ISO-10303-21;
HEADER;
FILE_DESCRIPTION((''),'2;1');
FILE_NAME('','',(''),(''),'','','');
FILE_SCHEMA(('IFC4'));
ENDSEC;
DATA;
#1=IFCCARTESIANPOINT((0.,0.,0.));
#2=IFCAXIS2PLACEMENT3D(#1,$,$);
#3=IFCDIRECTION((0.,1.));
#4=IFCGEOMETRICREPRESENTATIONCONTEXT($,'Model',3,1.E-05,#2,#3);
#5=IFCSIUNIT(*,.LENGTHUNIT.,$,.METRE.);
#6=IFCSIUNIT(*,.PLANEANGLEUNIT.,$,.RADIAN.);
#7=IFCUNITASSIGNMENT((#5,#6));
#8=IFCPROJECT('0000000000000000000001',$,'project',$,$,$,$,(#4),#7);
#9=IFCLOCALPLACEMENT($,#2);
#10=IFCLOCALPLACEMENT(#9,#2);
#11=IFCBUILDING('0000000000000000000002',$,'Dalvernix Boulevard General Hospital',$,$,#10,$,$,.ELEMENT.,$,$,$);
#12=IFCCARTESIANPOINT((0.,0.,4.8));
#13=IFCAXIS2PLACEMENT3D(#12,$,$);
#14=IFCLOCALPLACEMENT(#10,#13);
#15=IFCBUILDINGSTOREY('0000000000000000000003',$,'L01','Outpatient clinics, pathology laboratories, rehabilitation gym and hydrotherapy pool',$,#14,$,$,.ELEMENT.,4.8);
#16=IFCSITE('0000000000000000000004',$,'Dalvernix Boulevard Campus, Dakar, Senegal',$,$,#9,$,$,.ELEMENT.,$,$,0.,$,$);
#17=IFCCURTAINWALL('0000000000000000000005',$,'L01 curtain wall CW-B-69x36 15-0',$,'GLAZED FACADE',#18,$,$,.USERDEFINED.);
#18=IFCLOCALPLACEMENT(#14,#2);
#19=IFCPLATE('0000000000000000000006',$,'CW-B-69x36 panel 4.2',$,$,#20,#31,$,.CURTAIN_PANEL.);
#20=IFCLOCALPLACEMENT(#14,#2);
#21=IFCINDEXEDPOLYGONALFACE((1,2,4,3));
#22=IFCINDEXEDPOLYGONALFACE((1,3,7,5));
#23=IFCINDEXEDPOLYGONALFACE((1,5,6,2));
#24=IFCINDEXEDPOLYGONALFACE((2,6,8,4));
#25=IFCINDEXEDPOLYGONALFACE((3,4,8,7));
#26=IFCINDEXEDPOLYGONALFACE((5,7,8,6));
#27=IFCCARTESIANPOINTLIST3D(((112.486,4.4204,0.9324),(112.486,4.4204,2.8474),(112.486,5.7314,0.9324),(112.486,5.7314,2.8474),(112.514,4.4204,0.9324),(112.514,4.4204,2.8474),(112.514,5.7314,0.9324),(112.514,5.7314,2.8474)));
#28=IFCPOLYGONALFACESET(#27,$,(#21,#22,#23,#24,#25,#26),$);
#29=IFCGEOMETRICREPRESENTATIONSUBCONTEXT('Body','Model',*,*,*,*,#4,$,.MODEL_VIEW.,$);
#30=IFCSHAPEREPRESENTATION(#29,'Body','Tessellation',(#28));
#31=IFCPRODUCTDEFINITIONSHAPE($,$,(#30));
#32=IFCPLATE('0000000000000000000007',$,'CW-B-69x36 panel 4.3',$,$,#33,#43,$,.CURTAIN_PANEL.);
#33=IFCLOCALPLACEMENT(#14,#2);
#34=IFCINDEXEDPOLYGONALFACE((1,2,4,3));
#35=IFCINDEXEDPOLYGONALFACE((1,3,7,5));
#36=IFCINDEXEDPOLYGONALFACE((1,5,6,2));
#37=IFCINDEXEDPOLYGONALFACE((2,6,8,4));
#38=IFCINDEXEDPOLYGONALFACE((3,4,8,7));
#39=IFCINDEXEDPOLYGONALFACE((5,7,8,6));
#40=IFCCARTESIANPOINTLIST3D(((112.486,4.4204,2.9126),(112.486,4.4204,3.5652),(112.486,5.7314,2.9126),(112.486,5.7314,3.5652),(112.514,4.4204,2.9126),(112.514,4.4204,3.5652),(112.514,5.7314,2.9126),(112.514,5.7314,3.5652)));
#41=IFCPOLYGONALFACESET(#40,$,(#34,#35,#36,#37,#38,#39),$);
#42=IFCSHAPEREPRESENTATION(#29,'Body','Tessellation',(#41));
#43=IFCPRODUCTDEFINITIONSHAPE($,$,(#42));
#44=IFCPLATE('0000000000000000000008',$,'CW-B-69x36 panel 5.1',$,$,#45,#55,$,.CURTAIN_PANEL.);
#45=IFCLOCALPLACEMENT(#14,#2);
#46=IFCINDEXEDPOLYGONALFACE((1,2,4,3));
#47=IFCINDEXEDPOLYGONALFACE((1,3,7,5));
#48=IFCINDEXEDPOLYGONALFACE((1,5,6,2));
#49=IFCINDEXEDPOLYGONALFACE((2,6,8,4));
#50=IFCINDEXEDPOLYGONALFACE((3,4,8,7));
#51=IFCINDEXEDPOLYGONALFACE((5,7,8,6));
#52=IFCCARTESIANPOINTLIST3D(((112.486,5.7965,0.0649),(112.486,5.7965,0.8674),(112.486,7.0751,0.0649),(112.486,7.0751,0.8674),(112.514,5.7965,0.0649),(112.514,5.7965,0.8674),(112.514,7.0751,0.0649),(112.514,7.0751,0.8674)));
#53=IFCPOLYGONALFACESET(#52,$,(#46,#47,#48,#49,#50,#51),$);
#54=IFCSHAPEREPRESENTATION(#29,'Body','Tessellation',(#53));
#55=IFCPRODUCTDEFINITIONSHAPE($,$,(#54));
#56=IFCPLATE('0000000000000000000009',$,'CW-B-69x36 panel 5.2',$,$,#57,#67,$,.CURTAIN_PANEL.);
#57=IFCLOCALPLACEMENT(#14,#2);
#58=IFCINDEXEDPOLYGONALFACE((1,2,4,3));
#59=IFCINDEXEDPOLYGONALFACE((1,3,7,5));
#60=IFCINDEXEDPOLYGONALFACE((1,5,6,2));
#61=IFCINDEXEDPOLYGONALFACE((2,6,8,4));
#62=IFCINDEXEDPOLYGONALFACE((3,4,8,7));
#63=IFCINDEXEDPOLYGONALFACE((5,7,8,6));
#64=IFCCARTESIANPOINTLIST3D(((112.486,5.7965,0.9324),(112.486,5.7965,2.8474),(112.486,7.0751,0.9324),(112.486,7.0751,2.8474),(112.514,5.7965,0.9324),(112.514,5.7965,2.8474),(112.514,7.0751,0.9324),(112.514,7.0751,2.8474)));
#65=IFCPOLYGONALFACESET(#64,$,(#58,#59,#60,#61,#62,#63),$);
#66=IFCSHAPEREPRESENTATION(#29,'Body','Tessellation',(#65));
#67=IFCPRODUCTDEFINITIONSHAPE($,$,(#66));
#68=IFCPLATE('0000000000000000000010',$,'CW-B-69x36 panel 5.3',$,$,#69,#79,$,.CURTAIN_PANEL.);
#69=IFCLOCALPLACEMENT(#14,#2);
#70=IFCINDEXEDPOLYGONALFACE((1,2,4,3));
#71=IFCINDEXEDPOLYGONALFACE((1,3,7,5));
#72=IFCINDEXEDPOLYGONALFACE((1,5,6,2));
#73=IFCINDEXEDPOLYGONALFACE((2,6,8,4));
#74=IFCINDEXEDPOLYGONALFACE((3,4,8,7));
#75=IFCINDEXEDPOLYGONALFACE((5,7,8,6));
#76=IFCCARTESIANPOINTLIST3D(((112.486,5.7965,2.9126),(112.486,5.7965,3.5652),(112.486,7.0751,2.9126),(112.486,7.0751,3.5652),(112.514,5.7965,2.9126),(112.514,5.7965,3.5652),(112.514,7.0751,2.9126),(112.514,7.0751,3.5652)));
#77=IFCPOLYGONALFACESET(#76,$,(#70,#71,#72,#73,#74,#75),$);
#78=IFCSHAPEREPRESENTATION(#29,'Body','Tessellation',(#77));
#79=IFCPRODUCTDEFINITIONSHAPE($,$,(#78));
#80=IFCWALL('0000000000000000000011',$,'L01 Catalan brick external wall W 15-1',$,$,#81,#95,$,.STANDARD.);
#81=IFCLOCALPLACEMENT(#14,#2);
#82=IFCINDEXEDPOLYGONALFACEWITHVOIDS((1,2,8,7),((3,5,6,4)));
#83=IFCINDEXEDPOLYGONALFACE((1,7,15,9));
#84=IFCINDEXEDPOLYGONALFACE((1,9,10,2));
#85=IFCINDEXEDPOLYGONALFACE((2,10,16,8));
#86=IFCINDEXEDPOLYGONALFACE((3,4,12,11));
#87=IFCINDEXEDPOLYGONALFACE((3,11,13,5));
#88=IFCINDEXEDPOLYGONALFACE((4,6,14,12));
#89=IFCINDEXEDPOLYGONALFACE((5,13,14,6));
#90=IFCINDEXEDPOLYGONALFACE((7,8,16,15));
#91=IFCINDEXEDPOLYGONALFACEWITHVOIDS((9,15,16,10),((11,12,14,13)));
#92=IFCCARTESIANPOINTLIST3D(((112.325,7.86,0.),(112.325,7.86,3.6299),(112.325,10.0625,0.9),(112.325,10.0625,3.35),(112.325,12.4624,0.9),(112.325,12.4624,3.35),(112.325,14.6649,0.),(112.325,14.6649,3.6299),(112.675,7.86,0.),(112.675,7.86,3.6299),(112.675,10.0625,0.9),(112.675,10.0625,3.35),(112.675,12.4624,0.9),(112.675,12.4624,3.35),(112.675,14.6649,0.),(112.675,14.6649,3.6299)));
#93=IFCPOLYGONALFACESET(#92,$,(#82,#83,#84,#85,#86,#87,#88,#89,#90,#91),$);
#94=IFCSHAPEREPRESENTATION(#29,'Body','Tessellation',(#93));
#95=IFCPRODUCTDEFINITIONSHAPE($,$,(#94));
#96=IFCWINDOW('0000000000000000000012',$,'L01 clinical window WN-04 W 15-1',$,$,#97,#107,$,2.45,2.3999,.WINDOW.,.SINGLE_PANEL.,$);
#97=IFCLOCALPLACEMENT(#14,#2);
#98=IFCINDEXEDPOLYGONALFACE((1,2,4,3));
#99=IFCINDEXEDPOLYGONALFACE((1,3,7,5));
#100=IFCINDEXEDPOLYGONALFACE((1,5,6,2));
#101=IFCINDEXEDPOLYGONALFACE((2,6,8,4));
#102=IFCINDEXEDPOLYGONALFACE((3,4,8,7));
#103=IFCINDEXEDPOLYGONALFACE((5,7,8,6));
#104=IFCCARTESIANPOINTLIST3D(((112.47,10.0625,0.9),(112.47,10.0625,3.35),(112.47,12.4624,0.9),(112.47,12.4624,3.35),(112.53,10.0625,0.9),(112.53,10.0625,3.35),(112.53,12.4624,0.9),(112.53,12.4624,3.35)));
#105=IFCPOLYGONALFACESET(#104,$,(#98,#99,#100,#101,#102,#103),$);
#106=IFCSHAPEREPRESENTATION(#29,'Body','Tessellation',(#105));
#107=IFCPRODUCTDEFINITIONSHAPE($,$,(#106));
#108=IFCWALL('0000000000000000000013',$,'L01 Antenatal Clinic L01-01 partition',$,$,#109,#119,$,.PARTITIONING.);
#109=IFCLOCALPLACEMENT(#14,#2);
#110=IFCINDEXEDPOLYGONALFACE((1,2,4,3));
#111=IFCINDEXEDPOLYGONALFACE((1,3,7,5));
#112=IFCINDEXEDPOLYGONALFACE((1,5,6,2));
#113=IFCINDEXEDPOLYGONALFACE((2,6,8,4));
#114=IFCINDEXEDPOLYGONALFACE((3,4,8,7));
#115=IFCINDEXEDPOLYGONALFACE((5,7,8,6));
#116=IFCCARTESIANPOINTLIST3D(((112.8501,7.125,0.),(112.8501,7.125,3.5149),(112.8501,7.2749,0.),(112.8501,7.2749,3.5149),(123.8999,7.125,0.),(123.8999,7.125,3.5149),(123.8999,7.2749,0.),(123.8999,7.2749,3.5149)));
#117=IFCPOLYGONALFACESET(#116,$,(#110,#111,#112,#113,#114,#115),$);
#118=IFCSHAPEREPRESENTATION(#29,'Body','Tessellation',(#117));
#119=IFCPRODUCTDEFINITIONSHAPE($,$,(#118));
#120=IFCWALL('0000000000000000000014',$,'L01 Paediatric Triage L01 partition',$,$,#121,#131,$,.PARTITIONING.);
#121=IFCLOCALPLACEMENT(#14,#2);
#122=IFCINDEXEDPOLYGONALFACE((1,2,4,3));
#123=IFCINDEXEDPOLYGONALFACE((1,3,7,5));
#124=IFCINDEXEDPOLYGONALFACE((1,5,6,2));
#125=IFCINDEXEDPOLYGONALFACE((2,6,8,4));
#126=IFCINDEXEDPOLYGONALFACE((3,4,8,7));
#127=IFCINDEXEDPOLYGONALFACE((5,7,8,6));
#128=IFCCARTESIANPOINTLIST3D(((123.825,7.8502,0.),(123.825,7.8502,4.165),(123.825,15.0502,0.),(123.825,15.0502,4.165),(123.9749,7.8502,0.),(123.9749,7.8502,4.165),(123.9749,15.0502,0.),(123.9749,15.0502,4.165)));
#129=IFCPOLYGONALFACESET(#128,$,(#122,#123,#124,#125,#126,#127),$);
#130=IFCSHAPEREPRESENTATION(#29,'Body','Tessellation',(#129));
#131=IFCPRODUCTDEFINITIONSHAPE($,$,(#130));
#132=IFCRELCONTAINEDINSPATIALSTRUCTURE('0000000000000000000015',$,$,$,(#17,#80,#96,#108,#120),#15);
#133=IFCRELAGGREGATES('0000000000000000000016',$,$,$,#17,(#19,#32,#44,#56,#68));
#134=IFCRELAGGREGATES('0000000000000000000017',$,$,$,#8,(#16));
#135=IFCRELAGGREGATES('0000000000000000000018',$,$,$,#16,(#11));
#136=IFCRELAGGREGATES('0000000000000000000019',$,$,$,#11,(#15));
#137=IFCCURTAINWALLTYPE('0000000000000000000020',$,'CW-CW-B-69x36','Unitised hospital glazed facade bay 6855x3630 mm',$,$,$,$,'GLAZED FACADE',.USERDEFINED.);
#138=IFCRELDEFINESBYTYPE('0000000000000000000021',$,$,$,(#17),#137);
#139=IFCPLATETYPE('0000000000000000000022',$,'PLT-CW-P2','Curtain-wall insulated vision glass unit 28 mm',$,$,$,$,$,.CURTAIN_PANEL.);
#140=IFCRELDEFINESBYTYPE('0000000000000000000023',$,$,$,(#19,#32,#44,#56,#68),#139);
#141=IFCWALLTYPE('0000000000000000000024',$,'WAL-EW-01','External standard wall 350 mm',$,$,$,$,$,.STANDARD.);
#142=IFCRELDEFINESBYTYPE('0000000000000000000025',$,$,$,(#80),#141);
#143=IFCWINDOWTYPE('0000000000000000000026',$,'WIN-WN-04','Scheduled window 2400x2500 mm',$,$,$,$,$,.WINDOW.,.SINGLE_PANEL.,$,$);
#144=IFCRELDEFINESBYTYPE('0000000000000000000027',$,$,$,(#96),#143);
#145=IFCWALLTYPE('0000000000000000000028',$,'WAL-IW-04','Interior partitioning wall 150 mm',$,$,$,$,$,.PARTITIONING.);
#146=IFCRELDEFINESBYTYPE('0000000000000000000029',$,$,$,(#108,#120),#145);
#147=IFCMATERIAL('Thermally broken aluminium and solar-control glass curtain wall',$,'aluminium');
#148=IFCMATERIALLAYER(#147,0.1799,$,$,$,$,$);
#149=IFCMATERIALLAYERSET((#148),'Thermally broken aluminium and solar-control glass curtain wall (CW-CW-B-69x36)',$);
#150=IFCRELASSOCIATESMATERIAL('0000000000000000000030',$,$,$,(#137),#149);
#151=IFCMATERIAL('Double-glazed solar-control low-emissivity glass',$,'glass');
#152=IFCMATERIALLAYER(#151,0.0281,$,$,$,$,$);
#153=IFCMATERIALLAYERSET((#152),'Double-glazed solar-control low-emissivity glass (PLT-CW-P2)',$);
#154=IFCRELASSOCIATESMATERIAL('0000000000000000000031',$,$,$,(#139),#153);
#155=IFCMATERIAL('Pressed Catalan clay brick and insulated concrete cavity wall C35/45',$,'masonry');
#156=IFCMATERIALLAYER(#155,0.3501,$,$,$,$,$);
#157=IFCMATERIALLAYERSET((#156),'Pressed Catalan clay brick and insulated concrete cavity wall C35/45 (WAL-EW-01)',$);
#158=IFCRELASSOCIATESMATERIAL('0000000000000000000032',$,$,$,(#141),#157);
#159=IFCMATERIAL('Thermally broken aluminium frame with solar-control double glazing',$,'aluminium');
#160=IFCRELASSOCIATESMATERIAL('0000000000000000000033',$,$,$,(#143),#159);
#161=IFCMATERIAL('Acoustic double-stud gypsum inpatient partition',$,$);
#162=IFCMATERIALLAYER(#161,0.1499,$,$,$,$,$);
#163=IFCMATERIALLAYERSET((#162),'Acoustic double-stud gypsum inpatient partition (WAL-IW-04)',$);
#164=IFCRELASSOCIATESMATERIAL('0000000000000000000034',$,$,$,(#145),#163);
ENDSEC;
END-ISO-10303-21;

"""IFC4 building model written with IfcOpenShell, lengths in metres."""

from ifc_helpers import new_model, si_unit, direction, frame, frame_2d, origin, origin_2d, place, context, subcontext, project, spatial, rectangle, extrude, material, layer, layer_set, type_object, element, fill, aggregate, save


model = new_model("IFC4")

# Units and contexts
model_context = context("Model", 3, precision=1e-05, world=origin(), true_north=direction((0.0, 1.0)))
body_context = subcontext(model_context, "Body", "Model", "MODEL_VIEW")
ifc_project = project(units=[si_unit("LENGTHUNIT", "METRE"), si_unit("PLANEANGLEUNIT", "RADIAN")], contexts=[model_context])

# Site, building, storey
site_placement = place(None, origin())
site = spatial("IfcSite", under=ifc_project, at=site_placement, Name="Dalvernix Boulevard Campus, Dakar, Senegal", CompositionType="ELEMENT", RefElevation=0.0)
building_placement = place(site_placement, origin())
building = spatial("IfcBuilding", under=site, at=building_placement, Name="Dalvernix Boulevard General Hospital", CompositionType="ELEMENT")
storey_placement = place(building_placement, frame((0.0, 0.0, 4.8)))
storey = spatial("IfcBuildingStorey", under=building, at=storey_placement, Name="L01", Description="Outpatient clinics, pathology laboratories, rehabilitation gym and hydrotherapy pool", CompositionType="ELEMENT", Elevation=4.8)

# Curtain wall, plates
ifc_material_1 = material(Name="Thermally broken aluminium and solar-control glass curtain wall", Category="aluminium")
ifc_layer_1 = layer(ifc_material_1, 0.1799)
ifc_layer_set_1 = layer_set([ifc_layer_1], Name="Thermally broken aluminium and solar-control glass curtain wall (CW-CW-B-69x36)")
curtain_wall_type = type_object("IfcCurtainWallType", Name="CW-CW-B-69x36", Description="Unitised hospital glazed facade bay 6855x3630 mm", ElementType="GLAZED FACADE", PredefinedType="USERDEFINED", material=ifc_layer_set_1)
curtain_wall_placement = place(storey_placement, origin())
curtain_wall = element("IfcCurtainWall", 1, at=curtain_wall_placement, inside=storey, type_object=curtain_wall_type, Name="L01 curtain wall CW-B-69x36 15-0", ObjectType="GLAZED FACADE", PredefinedType="USERDEFINED")
ifc_material_2 = material(Name="Double-glazed solar-control low-emissivity glass", Category="glass")
ifc_layer_2 = layer(ifc_material_2, 0.0281)
ifc_layer_set_2 = layer_set([ifc_layer_2], Name="Double-glazed solar-control low-emissivity glass (PLT-CW-P2)")
plate_type = type_object("IfcPlateType", Name="PLT-CW-P2", Description="Curtain-wall insulated vision glass unit 28 mm", PredefinedType="CURTAIN_PANEL", material=ifc_layer_set_2)
plate_1_placement = place(storey_placement, frame((112.5, 5.0759, 0.9324), z_axis=(0.0, 0.0, 1.0), x_axis=(0.0, 1.0, 0.0)))
plate_1 = element("IfcPlate", 2, at=plate_1_placement, type_object=plate_type, Name="CW-B-69x36 panel 4.2", PredefinedType="CURTAIN_PANEL", context=body_context, shape_type="SweptSolid", body=[
    extrude(rectangle(XDim=1.311, YDim=0.0281, at=origin_2d()), origin(), (0.0, 0.0, 1.0), 1.915),
])
plate_2_placement = place(storey_placement, frame((112.5, 5.0759, 2.9126), z_axis=(0.0, 0.0, 1.0), x_axis=(0.0, 1.0, 0.0)))
plate_2 = element("IfcPlate", 3, at=plate_2_placement, type_object=plate_type, Name="CW-B-69x36 panel 4.3", PredefinedType="CURTAIN_PANEL", context=body_context, shape_type="SweptSolid", body=[
    extrude(rectangle(XDim=1.311, YDim=0.0281, at=origin_2d()), origin(), (0.0, 0.0, 1.0), 0.6526),
])
plate_3_placement = place(storey_placement, frame((112.5, 6.4358, 0.0649), z_axis=(0.0, 0.0, 1.0), x_axis=(0.0, 1.0, 0.0)))
plate_3 = element("IfcPlate", 4, at=plate_3_placement, type_object=plate_type, Name="CW-B-69x36 panel 5.1", PredefinedType="CURTAIN_PANEL", context=body_context, shape_type="SweptSolid", body=[
    extrude(rectangle(XDim=1.2786, YDim=0.0281, at=origin_2d()), origin(), (0.0, 0.0, 1.0), 0.8025),
])
plate_4_placement = place(storey_placement, frame((112.5, 6.4358, 0.9324), z_axis=(0.0, 0.0, 1.0), x_axis=(0.0, 1.0, 0.0)))
plate_4 = element("IfcPlate", 5, at=plate_4_placement, type_object=plate_type, Name="CW-B-69x36 panel 5.2", PredefinedType="CURTAIN_PANEL", context=body_context, shape_type="SweptSolid", body=[
    extrude(rectangle(XDim=1.2786, YDim=0.0281, at=origin_2d()), origin(), (0.0, 0.0, 1.0), 1.915),
])
plate_5_placement = place(storey_placement, frame((112.5, 6.4358, 2.9126), z_axis=(0.0, 0.0, 1.0), x_axis=(0.0, 1.0, 0.0)))
plate_5 = element("IfcPlate", 6, at=plate_5_placement, type_object=plate_type, Name="CW-B-69x36 panel 5.3", PredefinedType="CURTAIN_PANEL", context=body_context, shape_type="SweptSolid", body=[
    extrude(rectangle(XDim=1.2786, YDim=0.0281, at=origin_2d()), origin(), (0.0, 0.0, 1.0), 0.6526),
])
aggregate(curtain_wall, [plate_1, plate_2, plate_3, plate_4, plate_5])

# Wall, opening, window
ifc_material_3 = material(Name="Pressed Catalan clay brick and insulated concrete cavity wall C35/45", Category="masonry")
ifc_layer_3 = layer(ifc_material_3, 0.3501)
ifc_layer_set_3 = layer_set([ifc_layer_3], Name="Pressed Catalan clay brick and insulated concrete cavity wall C35/45 (WAL-EW-01)")
wall_type_1 = type_object("IfcWallType", Name="WAL-EW-01", Description="External standard wall 350 mm", PredefinedType="STANDARD", material=ifc_layer_set_3)
wall_1_placement = place(storey_placement, frame((112.5, 7.8601, 0.0), z_axis=(0.0, 0.0, 1.0), x_axis=(0.0, 1.0, 0.0)))
wall_1 = element("IfcWall", 7, at=wall_1_placement, inside=storey, type_object=wall_type_1, Name="L01 Catalan brick external wall W 15-1", PredefinedType="STANDARD", context=body_context, shape_type="SweptSolid", body=[
    extrude(rectangle(XDim=6.8049, YDim=0.3501, at=frame_2d((3.4023, 0.0))), origin(), (0.0, 0.0, 1.0), 3.6299),
])
opening_placement = place(wall_1_placement, frame((2.2024, 0.0, 0.8999)))
opening = element("IfcOpeningElement", 8, at=opening_placement, cuts=wall_1, PredefinedType="OPENING", context=body_context, shape_type="SweptSolid", body=[
    extrude(rectangle(XDim=2.3999, YDim=2.45, at=frame_2d((1.2, 1.2251))), frame((0.0, 0.1851, 0.0), z_axis=(0.0, -1.0, 0.0), x_axis=(1.0, 0.0, 0.0)), (0.0, 0.0, 1.0), 0.3701),
])
ifc_material_4 = material(Name="Thermally broken aluminium frame with solar-control double glazing", Category="aluminium")
window_type = type_object("IfcWindowType", Name="WIN-WN-04", Description="Scheduled window 2400x2500 mm", PartitioningType="SINGLE_PANEL", PredefinedType="WINDOW", material=ifc_material_4)
window_placement = place(opening_placement, origin())
window = element("IfcWindow", 9, at=window_placement, inside=storey, type_object=window_type, Name="L01 clinical window WN-04 W 15-1", OverallHeight=2.45, OverallWidth=2.3999, PartitioningType="SINGLE_PANEL", PredefinedType="WINDOW", context=body_context, shape_type="SweptSolid", body=[
    extrude(rectangle(XDim=2.3999, YDim=2.45, at=frame_2d((1.2, 1.2251))), frame((0.0, 0.03, 0.0), z_axis=(0.0, -1.0, 0.0), x_axis=(1.0, 0.0, 0.0)), (0.0, 0.0, 1.0), 0.0601),
])
fill(opening, window)

# Walls
ifc_material_5 = material(Name="Acoustic double-stud gypsum inpatient partition")
ifc_layer_4 = layer(ifc_material_5, 0.1499)
ifc_layer_set_4 = layer_set([ifc_layer_4], Name="Acoustic double-stud gypsum inpatient partition (WAL-IW-04)")
wall_type_2 = type_object("IfcWallType", Name="WAL-IW-04", Description="Interior partitioning wall 150 mm", PredefinedType="PARTITIONING", material=ifc_layer_set_4)
wall_2_placement = place(storey_placement, frame((112.8501, 7.2, 0.0), z_axis=(0.0, 0.0, 1.0), x_axis=(1.0, 0.0, 0.0)))
element("IfcWall", 10, at=wall_2_placement, inside=storey, type_object=wall_type_2, Name="L01 Antenatal Clinic L01-01 partition", PredefinedType="PARTITIONING", context=body_context, shape_type="SweptSolid", body=[
    extrude(rectangle(XDim=11.0498, YDim=0.1499, at=frame_2d((5.5249, 0.0))), origin(), (0.0, 0.0, 1.0), 3.5149),
])
wall_3_placement = place(storey_placement, frame((123.8999, 7.8501, 0.0), z_axis=(0.0, 0.0, 1.0), x_axis=(0.0, 1.0, 0.0)))
element("IfcWall", 11, at=wall_3_placement, inside=storey, type_object=wall_type_2, Name="L01 Paediatric Triage L01 partition", PredefinedType="PARTITIONING", context=body_context, shape_type="SweptSolid", body=[
    extrude(rectangle(XDim=7.2, YDim=0.1499, at=frame_2d((3.6001, 0.0))), origin(), (0.0, 0.0, 1.0), 4.165),
])

save(model, "model.ifc")
